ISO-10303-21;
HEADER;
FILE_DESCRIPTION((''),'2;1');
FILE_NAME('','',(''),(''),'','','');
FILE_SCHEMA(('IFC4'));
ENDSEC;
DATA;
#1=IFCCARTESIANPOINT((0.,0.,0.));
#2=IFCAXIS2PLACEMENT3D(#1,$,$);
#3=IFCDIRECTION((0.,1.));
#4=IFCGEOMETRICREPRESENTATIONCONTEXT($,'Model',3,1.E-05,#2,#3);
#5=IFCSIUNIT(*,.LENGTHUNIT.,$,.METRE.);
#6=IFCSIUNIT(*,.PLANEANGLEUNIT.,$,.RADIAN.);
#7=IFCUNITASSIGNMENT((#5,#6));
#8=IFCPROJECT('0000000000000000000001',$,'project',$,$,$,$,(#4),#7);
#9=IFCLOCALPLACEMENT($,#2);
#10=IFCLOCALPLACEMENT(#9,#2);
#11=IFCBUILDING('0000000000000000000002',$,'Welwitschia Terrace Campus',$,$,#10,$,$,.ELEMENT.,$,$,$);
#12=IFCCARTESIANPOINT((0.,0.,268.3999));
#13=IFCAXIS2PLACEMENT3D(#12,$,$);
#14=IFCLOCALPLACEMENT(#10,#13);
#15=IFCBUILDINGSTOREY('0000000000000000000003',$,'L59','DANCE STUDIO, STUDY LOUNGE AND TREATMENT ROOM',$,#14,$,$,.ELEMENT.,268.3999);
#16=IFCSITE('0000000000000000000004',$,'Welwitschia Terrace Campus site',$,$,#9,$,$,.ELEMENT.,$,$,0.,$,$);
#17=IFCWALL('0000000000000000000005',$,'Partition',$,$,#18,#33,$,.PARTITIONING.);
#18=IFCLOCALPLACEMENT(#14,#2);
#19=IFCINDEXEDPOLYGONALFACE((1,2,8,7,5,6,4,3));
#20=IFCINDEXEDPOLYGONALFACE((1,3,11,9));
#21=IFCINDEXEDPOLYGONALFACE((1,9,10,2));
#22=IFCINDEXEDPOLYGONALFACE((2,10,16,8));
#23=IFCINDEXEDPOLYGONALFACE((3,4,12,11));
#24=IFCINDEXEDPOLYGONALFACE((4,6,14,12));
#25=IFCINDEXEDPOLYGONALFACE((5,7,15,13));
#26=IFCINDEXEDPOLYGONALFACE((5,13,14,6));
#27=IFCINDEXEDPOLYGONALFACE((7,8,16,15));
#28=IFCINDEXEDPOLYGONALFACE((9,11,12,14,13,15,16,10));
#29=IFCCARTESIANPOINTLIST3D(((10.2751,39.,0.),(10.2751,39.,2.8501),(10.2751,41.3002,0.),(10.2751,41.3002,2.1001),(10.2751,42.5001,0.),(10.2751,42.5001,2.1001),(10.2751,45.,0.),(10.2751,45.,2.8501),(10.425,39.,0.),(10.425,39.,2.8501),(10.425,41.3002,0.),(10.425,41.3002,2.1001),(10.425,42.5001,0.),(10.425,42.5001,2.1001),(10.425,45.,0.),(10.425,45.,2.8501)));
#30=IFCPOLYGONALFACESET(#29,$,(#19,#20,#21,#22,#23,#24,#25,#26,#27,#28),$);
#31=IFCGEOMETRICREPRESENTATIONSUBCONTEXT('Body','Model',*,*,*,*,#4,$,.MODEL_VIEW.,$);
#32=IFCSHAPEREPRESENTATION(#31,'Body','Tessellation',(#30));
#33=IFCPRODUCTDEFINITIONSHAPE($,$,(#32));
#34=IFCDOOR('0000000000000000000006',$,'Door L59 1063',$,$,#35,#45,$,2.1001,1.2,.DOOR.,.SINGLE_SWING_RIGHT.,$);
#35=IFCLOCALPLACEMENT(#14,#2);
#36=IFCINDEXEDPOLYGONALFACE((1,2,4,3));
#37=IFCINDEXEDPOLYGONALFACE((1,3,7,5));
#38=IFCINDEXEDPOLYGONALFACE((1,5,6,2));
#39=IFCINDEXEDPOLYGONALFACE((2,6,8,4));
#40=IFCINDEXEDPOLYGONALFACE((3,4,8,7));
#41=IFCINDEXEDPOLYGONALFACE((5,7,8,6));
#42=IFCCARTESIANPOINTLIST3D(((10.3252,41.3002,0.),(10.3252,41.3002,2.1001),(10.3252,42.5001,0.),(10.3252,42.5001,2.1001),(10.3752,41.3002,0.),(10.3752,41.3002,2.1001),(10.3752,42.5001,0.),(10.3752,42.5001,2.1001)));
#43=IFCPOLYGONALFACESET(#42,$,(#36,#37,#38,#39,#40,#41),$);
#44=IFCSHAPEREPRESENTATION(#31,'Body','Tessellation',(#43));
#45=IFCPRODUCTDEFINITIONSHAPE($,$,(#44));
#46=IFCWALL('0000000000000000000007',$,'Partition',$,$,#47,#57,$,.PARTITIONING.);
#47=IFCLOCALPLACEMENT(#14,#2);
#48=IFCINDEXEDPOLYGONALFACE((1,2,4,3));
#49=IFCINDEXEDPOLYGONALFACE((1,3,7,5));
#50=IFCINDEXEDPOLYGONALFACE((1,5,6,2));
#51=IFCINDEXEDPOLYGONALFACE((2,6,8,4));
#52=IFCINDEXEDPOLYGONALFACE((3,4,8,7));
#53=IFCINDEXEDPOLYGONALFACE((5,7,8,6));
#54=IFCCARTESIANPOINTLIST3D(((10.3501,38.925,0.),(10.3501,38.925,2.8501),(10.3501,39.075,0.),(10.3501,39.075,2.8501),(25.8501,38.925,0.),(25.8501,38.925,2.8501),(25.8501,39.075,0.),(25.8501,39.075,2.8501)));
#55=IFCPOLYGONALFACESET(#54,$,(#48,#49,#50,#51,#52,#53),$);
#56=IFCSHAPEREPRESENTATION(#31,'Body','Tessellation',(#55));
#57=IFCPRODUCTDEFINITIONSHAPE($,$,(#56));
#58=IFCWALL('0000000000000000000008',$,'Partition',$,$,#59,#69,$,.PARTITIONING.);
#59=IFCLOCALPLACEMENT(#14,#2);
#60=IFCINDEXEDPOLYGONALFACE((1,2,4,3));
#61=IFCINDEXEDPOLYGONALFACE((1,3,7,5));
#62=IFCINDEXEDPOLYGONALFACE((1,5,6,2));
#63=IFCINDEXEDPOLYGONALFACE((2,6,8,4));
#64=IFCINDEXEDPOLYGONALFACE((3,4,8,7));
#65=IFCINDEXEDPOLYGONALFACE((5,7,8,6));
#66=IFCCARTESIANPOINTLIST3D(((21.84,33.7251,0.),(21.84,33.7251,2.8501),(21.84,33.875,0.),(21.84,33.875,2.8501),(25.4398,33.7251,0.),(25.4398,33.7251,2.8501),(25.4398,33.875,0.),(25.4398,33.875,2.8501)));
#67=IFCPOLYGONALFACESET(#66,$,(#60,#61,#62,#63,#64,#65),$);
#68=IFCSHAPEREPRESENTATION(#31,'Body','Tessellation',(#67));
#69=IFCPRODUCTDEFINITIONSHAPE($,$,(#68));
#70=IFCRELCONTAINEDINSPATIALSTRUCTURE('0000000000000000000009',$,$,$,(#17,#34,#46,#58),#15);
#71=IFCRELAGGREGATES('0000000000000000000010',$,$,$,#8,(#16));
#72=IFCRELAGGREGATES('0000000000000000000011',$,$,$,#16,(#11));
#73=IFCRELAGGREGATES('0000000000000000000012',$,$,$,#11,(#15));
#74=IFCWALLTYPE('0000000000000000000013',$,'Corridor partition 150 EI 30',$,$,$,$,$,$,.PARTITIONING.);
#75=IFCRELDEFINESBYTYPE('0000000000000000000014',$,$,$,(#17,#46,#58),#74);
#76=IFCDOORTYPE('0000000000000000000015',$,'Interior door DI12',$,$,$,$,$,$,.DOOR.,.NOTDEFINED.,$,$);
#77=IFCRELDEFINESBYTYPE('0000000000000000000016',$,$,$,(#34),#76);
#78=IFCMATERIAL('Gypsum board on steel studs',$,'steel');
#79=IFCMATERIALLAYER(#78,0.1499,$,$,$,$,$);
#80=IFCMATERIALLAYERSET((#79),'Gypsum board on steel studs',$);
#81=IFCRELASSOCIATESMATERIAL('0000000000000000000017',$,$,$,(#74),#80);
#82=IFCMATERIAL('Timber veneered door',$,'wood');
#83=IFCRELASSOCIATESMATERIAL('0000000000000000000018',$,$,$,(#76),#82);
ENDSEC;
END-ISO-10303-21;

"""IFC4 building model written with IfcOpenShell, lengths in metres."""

from ifc_helpers import new_model, si_unit, direction, frame, frame_2d, origin, place, context, subcontext, project, spatial, rectangle, extrude, material, layer, layer_set, type_object, element, fill, save


model = new_model("IFC4")

# Units and contexts
model_context = context("Model", 3, precision=1e-05, world=origin(), true_north=direction((0.0, 1.0)))
body_context = subcontext(model_context, "Body", "Model", "MODEL_VIEW")
ifc_project = project(units=[si_unit("LENGTHUNIT", "METRE"), si_unit("PLANEANGLEUNIT", "RADIAN")], contexts=[model_context])

# Site, building, storey
site_placement = place(None, origin())
site = spatial("IfcSite", under=ifc_project, at=site_placement, Name="Welwitschia Terrace Campus site", CompositionType="ELEMENT", RefElevation=0.0)
building_placement = place(site_placement, origin())
building = spatial("IfcBuilding", under=site, at=building_placement, Name="Welwitschia Terrace Campus", CompositionType="ELEMENT")
storey_placement = place(building_placement, frame((0.0, 0.0, 268.3999)))
storey = spatial("IfcBuildingStorey", under=building, at=storey_placement, Name="L59", Description="DANCE STUDIO, STUDY LOUNGE AND TREATMENT ROOM", CompositionType="ELEMENT", Elevation=268.3999)

# Wall, opening, door
ifc_material_1 = material(Name="Gypsum board on steel studs", Category="steel")
ifc_layer_1 = layer(ifc_material_1, 0.1499)
ifc_layer_set_1 = layer_set([ifc_layer_1], Name="Gypsum board on steel studs")
wall_type = type_object("IfcWallType", Name="Corridor partition 150 EI 30", PredefinedType="PARTITIONING", material=ifc_layer_set_1)
wall_1_placement = place(storey_placement, frame((10.3501, 39.0, 0.0), z_axis=(0.0, 0.0, 1.0), x_axis=(0.0, 1.0, 0.0)))
wall_1 = element("IfcWall", 1, at=wall_1_placement, inside=storey, type_object=wall_type, Name="Partition", PredefinedType="PARTITIONING", context=body_context, shape_type="SweptSolid", body=[
    extrude(rectangle(XDim=6.0, YDim=0.1499, at=frame_2d((3.0, 0.0))), origin(), (0.0, 0.0, 1.0), 2.8501),
])
opening_1_placement = place(wall_1_placement, frame((2.3, 0.0, 0.0)))
opening_1 = element("IfcOpeningElement", 2, at=opening_1_placement, cuts=wall_1, PredefinedType="OPENING", context=body_context, shape_type="SweptSolid", body=[
    extrude(rectangle(XDim=1.2, YDim=2.1001, at=frame_2d((0.6001, 1.05))), frame((0.0, 0.085, 0.0), z_axis=(0.0, -1.0, 0.0), x_axis=(1.0, 0.0, 0.0)), (0.0, 0.0, 1.0), 0.1699),
])
ifc_material_2 = material(Name="Timber veneered door", Category="wood")
door_type_1 = type_object("IfcDoorType", Name="Interior door DI12", OperationType="NOTDEFINED", PredefinedType="DOOR", material=ifc_material_2)
door_1_placement = place(opening_1_placement, origin())
door_1 = element("IfcDoor", 3, at=door_1_placement, inside=storey, type_object=door_type_1, Name="Door L59 1063", OperationType="SINGLE_SWING_RIGHT", OverallHeight=2.1001, OverallWidth=1.2, PredefinedType="DOOR", context=body_context, shape_type="SweptSolid", body=[
    extrude(rectangle(XDim=1.2, YDim=2.1001, at=frame_2d((0.6001, 1.05))), frame((0.0, 0.0249, 0.0), z_axis=(0.0, -1.0, 0.0), x_axis=(1.0, 0.0, 0.0)), (0.0, 0.0, 1.0), 0.05),
])
fill(opening_1, door_1)

# Walls
wall_2_placement = place(storey_placement, frame((10.3501, 39.0, 0.0), z_axis=(0.0, 0.0, 1.0), x_axis=(1.0, 0.0, 0.0)))
element("IfcWall", 4, at=wall_2_placement, inside=storey, type_object=wall_type, Name="Partition", PredefinedType="PARTITIONING", context=body_context, shape_type="SweptSolid", body=[
    extrude(rectangle(XDim=15.5, YDim=0.1499, at=frame_2d((7.75, 0.0))), origin(), (0.0, 0.0, 1.0), 2.8501),
])
wall_3_placement = place(storey_placement, frame((21.8401, 33.8, 0.0), z_axis=(0.0, 0.0, 1.0), x_axis=(1.0, 0.0, 0.0)))
element("IfcWall", 5, at=wall_3_placement, inside=storey, type_object=wall_type, Name="Partition", PredefinedType="PARTITIONING", context=body_context, shape_type="SweptSolid", body=[
    extrude(rectangle(XDim=3.5999, YDim=0.1499, at=frame_2d((1.7998, 0.0))), origin(), (0.0, 0.0, 1.0), 2.8501),
])

save(model, "model.ifc")
